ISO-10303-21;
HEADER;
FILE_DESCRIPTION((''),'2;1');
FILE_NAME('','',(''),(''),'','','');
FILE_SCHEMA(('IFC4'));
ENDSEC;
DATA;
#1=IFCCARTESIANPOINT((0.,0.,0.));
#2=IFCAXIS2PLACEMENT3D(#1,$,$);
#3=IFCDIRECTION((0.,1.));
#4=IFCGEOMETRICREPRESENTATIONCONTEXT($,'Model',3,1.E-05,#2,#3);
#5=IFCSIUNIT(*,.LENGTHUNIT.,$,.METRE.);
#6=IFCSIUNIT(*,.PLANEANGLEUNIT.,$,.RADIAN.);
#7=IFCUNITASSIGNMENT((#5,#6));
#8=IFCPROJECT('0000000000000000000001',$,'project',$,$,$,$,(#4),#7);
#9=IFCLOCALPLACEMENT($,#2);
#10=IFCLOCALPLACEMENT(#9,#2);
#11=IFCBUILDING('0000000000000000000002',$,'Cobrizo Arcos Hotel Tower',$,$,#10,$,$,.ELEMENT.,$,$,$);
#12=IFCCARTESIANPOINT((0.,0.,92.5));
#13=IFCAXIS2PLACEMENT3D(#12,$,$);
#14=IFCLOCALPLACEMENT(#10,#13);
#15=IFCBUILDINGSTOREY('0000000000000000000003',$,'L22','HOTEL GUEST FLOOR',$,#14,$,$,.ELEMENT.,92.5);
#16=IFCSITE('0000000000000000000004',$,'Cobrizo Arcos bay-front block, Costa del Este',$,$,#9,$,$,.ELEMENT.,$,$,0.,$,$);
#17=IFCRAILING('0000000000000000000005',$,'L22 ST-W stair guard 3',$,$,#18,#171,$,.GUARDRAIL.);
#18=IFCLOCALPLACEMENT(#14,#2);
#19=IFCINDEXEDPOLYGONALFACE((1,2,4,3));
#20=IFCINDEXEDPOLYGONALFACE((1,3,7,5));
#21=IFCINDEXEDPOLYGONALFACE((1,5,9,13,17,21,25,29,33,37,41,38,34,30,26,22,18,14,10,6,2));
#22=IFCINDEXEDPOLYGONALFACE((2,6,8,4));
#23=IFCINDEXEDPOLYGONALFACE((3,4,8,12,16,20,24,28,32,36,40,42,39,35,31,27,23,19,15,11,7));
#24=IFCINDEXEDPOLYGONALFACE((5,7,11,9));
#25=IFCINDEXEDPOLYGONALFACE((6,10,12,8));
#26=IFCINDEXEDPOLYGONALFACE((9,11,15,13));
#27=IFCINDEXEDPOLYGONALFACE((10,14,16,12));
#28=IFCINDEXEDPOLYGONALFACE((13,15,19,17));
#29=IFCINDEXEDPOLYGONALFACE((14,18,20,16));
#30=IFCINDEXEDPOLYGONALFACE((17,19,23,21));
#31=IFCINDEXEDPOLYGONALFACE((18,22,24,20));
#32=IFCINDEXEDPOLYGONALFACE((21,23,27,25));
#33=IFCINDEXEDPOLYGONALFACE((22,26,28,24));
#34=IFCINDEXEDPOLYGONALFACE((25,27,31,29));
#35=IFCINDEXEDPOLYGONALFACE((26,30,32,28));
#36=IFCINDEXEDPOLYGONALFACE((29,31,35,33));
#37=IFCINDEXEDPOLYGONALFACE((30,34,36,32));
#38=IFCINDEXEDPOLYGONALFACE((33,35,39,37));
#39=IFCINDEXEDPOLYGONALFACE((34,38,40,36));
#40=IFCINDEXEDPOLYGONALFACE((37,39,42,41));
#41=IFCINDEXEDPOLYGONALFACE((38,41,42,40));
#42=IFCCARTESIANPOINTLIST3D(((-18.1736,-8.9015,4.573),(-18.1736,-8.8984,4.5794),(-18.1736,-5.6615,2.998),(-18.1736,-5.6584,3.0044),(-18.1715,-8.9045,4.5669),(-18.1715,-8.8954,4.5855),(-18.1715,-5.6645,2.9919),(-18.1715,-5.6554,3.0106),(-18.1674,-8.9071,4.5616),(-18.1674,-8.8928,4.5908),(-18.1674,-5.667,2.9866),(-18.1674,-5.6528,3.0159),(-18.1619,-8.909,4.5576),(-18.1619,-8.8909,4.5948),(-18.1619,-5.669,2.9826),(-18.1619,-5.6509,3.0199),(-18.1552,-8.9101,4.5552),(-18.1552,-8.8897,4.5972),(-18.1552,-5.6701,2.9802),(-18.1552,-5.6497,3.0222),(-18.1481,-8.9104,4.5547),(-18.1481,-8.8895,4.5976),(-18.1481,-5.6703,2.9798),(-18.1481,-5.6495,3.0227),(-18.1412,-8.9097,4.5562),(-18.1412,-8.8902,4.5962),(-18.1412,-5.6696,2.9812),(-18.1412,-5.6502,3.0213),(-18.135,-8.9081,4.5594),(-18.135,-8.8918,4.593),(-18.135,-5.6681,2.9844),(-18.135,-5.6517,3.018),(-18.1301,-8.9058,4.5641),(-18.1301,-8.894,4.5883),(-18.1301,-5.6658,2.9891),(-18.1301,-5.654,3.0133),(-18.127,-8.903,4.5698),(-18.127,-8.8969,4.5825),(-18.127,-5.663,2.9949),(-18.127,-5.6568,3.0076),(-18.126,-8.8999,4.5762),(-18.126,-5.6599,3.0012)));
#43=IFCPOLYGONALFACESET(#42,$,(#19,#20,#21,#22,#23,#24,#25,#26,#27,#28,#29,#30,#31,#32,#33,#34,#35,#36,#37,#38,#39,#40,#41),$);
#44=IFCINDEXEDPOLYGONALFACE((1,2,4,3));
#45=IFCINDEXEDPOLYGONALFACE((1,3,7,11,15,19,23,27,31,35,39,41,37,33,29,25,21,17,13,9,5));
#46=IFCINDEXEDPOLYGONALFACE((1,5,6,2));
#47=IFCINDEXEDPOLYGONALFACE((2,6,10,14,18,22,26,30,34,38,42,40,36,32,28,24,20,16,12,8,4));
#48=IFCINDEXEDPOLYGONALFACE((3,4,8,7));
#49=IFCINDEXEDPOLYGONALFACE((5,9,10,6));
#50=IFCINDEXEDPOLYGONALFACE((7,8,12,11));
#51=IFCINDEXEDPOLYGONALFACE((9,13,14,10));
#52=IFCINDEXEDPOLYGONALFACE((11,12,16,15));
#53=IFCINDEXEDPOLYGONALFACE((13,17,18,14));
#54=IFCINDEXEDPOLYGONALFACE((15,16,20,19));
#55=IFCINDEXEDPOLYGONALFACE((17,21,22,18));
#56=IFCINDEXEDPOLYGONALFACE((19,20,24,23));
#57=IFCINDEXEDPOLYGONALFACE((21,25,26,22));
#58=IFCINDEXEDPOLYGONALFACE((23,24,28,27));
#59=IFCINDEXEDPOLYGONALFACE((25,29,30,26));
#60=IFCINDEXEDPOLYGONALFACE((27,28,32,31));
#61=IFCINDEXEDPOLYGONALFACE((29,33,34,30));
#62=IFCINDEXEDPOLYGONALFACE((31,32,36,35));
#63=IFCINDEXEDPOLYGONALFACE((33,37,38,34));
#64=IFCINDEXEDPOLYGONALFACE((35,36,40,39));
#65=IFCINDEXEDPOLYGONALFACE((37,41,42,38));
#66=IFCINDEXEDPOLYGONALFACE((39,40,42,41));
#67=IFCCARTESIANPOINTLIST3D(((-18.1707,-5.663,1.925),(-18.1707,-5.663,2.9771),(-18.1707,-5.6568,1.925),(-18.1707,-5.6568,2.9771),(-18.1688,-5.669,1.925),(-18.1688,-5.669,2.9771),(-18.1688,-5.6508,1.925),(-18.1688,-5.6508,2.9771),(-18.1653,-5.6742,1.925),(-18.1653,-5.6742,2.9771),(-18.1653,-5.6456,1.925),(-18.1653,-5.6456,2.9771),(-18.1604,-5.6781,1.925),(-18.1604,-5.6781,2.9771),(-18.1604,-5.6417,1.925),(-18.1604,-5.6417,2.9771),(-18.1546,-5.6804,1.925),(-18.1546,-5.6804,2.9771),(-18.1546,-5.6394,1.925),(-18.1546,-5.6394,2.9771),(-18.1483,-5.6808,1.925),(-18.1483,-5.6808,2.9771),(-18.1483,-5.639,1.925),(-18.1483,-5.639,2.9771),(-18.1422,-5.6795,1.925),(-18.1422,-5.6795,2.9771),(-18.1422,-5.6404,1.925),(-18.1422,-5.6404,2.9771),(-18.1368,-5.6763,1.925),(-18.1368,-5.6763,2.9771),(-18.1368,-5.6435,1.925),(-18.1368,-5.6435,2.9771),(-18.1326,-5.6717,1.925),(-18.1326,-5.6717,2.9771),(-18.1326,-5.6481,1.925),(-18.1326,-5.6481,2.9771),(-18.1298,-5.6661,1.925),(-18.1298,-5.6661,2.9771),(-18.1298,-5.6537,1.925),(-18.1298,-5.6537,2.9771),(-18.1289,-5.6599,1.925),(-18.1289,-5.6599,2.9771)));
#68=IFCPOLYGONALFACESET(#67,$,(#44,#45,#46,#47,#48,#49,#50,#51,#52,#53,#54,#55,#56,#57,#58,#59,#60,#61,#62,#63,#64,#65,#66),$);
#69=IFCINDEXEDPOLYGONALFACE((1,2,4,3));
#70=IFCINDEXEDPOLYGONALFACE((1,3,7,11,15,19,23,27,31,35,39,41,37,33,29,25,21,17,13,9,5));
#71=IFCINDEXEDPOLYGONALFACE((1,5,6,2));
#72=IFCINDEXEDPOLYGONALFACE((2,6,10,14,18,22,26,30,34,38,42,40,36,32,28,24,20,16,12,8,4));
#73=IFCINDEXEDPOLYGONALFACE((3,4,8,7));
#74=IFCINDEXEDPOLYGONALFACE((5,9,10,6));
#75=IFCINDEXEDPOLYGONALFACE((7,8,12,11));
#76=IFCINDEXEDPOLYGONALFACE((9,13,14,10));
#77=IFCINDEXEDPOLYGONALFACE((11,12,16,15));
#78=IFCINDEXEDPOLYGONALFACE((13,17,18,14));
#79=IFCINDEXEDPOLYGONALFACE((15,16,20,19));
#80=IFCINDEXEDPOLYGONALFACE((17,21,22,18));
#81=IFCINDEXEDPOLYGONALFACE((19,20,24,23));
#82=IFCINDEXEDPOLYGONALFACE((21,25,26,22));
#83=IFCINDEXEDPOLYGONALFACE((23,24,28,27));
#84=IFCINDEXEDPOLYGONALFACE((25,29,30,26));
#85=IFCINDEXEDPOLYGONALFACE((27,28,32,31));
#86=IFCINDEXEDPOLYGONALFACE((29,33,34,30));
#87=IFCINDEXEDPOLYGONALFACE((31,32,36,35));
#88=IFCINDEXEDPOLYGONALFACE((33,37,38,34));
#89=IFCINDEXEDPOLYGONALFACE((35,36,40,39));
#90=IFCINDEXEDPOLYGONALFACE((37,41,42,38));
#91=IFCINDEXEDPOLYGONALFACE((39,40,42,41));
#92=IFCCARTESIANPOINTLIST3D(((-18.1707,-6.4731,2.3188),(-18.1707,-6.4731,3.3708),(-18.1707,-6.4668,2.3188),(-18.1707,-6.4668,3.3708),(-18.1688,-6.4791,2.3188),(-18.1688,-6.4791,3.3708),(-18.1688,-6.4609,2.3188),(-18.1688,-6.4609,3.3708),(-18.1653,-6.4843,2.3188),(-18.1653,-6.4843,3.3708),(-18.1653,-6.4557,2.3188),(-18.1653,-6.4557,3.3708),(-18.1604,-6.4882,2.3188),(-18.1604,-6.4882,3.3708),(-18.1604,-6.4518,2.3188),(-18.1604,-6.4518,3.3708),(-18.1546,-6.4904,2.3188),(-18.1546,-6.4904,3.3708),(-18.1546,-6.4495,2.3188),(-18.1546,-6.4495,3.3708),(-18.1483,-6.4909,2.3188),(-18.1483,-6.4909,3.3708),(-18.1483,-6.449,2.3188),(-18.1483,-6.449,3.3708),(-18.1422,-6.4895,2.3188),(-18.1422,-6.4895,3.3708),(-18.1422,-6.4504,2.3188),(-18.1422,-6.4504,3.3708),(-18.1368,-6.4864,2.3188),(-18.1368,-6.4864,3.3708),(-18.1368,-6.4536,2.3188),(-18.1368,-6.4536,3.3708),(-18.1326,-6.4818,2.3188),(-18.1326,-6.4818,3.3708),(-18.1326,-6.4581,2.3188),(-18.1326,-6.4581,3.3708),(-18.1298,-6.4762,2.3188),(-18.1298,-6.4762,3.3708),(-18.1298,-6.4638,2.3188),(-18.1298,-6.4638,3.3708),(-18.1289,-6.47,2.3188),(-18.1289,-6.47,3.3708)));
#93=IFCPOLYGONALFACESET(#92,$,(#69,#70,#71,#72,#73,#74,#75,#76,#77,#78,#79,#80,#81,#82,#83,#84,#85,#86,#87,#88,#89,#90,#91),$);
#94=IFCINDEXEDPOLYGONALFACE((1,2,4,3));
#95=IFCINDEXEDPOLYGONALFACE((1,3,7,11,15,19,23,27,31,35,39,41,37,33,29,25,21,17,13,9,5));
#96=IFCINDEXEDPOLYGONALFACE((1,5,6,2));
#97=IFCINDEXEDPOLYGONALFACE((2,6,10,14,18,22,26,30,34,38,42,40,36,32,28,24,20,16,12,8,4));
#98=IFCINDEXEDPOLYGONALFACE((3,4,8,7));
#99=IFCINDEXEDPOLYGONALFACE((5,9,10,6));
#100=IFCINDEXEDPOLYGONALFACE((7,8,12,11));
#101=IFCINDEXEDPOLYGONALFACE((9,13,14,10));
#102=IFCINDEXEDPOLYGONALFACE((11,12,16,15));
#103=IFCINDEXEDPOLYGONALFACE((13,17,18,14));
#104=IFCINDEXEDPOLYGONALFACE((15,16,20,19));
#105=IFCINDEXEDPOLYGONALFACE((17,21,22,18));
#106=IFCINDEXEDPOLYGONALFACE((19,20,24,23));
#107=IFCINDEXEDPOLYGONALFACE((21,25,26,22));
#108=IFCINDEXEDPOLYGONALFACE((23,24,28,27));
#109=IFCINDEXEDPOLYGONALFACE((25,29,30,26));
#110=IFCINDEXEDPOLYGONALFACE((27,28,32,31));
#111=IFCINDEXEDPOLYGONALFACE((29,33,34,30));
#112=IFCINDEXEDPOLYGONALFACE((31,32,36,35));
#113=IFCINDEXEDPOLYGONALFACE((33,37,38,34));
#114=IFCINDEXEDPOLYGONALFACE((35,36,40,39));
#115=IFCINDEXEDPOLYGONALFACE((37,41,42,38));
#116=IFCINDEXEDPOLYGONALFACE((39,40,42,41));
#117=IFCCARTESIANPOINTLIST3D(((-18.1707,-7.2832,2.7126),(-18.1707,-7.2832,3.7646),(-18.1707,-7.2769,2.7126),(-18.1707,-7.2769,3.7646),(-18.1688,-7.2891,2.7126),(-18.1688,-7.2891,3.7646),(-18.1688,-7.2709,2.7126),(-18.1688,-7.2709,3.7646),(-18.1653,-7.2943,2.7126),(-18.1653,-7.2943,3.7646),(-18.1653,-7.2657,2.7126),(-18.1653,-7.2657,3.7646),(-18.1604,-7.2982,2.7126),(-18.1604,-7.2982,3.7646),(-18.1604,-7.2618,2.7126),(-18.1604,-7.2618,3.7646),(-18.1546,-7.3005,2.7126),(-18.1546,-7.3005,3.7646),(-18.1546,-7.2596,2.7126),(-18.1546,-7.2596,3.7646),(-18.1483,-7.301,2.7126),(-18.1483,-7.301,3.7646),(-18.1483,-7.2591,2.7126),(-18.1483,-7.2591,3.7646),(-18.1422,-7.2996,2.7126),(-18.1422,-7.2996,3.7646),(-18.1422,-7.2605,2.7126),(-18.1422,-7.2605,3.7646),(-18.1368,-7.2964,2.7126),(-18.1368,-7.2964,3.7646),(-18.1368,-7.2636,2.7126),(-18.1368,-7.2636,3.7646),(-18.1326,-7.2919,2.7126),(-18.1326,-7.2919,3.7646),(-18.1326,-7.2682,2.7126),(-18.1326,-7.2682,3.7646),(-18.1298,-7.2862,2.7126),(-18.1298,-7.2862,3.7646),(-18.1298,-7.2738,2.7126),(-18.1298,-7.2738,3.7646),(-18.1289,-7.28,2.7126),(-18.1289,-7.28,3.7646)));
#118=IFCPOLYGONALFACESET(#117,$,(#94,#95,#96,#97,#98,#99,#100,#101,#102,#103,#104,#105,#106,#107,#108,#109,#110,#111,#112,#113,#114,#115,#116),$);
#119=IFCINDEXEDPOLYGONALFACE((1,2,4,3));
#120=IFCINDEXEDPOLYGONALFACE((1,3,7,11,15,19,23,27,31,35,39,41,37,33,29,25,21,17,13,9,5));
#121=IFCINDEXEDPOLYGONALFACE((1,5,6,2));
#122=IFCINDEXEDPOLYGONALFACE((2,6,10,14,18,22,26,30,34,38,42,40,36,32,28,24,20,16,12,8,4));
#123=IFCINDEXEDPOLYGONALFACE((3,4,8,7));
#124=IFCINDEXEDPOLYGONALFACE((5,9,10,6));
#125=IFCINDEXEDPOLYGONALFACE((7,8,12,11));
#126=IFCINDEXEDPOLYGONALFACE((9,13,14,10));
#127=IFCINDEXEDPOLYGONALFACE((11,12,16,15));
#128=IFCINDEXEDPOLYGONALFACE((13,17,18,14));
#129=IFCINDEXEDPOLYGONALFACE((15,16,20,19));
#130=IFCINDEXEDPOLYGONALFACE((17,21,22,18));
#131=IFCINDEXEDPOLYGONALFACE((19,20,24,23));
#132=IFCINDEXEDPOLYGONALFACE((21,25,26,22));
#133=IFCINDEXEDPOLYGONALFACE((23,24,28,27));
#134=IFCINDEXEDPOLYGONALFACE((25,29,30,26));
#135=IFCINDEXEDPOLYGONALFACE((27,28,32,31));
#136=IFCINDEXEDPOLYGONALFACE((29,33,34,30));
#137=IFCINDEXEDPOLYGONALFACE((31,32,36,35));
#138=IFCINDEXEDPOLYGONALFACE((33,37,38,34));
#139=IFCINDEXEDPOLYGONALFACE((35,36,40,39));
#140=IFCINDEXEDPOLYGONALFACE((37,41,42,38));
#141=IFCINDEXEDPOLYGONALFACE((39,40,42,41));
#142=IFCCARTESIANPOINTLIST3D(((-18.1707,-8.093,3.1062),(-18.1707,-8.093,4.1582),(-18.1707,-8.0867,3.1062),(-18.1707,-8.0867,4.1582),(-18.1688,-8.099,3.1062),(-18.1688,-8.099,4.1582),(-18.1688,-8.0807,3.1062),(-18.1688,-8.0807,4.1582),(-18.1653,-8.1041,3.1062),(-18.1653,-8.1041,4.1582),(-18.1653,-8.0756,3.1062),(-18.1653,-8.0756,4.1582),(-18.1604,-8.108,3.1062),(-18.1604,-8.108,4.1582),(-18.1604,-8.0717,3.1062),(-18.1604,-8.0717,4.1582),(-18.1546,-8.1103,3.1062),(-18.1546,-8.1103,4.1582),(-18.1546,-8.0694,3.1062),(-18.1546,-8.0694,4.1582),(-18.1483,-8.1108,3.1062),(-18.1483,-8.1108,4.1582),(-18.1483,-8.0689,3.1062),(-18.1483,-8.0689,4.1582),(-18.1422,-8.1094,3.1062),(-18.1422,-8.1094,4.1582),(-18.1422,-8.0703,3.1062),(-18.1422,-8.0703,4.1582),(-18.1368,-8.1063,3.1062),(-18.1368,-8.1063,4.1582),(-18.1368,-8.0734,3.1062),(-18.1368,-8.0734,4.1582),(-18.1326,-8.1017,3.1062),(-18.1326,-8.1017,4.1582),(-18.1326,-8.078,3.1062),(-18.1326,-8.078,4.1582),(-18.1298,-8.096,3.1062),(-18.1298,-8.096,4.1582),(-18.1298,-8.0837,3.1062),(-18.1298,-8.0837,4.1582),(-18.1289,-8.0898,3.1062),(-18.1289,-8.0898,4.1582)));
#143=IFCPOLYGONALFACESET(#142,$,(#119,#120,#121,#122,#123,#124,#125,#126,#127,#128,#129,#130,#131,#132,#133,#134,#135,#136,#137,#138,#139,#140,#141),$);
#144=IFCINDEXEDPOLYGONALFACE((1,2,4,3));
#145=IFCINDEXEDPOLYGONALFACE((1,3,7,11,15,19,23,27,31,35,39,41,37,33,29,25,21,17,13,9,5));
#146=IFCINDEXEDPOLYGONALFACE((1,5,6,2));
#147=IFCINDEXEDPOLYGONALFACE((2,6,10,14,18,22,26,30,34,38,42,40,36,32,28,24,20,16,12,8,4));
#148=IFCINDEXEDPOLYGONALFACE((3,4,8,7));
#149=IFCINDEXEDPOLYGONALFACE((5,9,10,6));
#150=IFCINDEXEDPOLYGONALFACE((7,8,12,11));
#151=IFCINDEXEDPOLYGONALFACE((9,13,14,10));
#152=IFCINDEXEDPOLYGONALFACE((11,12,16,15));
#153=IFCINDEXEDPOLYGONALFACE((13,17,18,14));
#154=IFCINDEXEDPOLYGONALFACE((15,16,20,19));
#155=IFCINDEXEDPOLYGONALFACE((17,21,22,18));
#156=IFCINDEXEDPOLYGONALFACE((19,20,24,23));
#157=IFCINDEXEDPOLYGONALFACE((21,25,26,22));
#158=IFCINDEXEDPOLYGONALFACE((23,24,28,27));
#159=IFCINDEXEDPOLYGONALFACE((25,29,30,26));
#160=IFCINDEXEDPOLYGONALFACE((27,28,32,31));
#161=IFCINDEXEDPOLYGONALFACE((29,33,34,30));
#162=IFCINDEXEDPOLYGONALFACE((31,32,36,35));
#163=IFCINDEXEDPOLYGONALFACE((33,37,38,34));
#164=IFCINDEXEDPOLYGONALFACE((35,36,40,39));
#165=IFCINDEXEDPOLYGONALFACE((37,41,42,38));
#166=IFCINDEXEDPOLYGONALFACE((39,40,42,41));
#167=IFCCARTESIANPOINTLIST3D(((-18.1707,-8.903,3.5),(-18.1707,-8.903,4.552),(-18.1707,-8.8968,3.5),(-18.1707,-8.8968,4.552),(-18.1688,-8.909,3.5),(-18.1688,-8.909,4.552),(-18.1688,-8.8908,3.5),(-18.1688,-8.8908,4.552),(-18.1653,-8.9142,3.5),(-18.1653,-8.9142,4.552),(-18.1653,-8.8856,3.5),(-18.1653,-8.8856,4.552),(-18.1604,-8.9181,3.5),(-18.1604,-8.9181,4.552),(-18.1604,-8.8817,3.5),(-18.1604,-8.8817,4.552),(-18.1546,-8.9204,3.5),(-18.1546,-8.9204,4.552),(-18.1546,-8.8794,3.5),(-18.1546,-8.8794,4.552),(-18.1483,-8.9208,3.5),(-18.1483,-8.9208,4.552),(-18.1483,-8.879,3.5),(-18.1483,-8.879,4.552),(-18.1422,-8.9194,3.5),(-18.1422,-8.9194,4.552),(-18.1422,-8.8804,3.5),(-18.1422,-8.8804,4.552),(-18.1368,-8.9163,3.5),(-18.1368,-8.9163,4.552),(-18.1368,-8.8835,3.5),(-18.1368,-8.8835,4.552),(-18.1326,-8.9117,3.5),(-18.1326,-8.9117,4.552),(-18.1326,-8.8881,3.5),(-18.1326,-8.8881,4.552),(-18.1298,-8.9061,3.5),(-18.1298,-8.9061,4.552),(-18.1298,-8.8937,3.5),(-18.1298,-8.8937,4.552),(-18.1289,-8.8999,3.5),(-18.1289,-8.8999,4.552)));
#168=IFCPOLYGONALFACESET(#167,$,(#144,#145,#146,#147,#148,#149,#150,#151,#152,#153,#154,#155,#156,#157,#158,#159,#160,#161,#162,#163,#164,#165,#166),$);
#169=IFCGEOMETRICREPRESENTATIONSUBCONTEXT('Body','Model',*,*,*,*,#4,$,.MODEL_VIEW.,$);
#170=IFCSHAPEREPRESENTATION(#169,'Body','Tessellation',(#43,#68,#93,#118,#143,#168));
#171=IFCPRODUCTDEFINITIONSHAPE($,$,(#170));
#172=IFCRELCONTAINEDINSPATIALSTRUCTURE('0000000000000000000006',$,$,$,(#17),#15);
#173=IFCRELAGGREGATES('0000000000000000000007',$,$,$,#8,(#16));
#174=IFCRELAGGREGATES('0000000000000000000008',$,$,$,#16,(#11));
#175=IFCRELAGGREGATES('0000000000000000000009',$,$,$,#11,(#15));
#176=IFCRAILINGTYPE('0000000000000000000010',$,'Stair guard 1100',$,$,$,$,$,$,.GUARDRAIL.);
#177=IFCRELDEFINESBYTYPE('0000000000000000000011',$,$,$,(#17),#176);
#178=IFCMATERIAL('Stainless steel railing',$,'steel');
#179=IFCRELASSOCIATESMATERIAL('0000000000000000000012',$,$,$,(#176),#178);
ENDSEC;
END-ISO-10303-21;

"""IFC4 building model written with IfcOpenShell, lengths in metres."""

from ifc_helpers import new_model, si_unit, direction, frame, origin, origin_2d, place, context, subcontext, project, spatial, circle, extrude, material, type_object, element, save


model = new_model("IFC4")

# Units and contexts
model_context = context("Model", 3, precision=1e-05, world=origin(), true_north=direction((0.0, 1.0)))
body_context = subcontext(model_context, "Body", "Model", "MODEL_VIEW")
ifc_project = project(units=[si_unit("LENGTHUNIT", "METRE"), si_unit("PLANEANGLEUNIT", "RADIAN")], contexts=[model_context])

# Site, building, storey
site_placement = place(None, origin())
site = spatial("IfcSite", under=ifc_project, at=site_placement, Name="Cobrizo Arcos bay-front block, Costa del Este", CompositionType="ELEMENT", RefElevation=0.0)
building_placement = place(site_placement, origin())
building = spatial("IfcBuilding", under=site, at=building_placement, Name="Cobrizo Arcos Hotel Tower", CompositionType="ELEMENT")
storey_placement = place(building_placement, frame((0.0, 0.0, 92.5)))
storey = spatial("IfcBuildingStorey", under=building, at=storey_placement, Name="L22", Description="HOTEL GUEST FLOOR", CompositionType="ELEMENT", Elevation=92.5)

# Railing
ifc_material_1 = material(Name="Stainless steel railing", Category="steel")
railing_type_1 = type_object("IfcRailingType", Name="Stair guard 1100", PredefinedType="GUARDRAIL", material=ifc_material_1)
railing_1_placement = place(storey_placement, frame((-18.1499, -5.6599, 1.925)))
element("IfcRailing", 1, at=railing_1_placement, inside=storey, type_object=railing_type_1, Name="L22 ST-W stair guard 3", PredefinedType="GUARDRAIL", context=body_context, shape_type="SweptSolid", body=[
    extrude(circle(Radius=0.0239, at=origin_2d()), frame((0.0, 0.0, 1.0762), z_axis=(0.0, -0.899373, 0.437183), x_axis=(1.0, 0.0, 0.0)), (0.0, 0.0, 1.0), 3.6025),
    extrude(circle(Radius=0.021, at=origin_2d()), origin(), (0.0, 0.0, 1.0), 1.052),
    extrude(circle(Radius=0.021, at=origin_2d()), frame((0.0, -0.8101, 0.3938)), (0.0, 0.0, 1.0), 1.052),
    extrude(circle(Radius=0.021, at=origin_2d()), frame((0.0, -1.6201, 0.7876)), (0.0, 0.0, 1.0), 1.052),
    extrude(circle(Radius=0.021, at=origin_2d()), frame((0.0, -2.4299, 1.1812)), (0.0, 0.0, 1.0), 1.052),
    extrude(circle(Radius=0.021, at=origin_2d()), frame((0.0, -3.24, 1.575)), (0.0, 0.0, 1.0), 1.052),
])

save(model, "model.ifc")
